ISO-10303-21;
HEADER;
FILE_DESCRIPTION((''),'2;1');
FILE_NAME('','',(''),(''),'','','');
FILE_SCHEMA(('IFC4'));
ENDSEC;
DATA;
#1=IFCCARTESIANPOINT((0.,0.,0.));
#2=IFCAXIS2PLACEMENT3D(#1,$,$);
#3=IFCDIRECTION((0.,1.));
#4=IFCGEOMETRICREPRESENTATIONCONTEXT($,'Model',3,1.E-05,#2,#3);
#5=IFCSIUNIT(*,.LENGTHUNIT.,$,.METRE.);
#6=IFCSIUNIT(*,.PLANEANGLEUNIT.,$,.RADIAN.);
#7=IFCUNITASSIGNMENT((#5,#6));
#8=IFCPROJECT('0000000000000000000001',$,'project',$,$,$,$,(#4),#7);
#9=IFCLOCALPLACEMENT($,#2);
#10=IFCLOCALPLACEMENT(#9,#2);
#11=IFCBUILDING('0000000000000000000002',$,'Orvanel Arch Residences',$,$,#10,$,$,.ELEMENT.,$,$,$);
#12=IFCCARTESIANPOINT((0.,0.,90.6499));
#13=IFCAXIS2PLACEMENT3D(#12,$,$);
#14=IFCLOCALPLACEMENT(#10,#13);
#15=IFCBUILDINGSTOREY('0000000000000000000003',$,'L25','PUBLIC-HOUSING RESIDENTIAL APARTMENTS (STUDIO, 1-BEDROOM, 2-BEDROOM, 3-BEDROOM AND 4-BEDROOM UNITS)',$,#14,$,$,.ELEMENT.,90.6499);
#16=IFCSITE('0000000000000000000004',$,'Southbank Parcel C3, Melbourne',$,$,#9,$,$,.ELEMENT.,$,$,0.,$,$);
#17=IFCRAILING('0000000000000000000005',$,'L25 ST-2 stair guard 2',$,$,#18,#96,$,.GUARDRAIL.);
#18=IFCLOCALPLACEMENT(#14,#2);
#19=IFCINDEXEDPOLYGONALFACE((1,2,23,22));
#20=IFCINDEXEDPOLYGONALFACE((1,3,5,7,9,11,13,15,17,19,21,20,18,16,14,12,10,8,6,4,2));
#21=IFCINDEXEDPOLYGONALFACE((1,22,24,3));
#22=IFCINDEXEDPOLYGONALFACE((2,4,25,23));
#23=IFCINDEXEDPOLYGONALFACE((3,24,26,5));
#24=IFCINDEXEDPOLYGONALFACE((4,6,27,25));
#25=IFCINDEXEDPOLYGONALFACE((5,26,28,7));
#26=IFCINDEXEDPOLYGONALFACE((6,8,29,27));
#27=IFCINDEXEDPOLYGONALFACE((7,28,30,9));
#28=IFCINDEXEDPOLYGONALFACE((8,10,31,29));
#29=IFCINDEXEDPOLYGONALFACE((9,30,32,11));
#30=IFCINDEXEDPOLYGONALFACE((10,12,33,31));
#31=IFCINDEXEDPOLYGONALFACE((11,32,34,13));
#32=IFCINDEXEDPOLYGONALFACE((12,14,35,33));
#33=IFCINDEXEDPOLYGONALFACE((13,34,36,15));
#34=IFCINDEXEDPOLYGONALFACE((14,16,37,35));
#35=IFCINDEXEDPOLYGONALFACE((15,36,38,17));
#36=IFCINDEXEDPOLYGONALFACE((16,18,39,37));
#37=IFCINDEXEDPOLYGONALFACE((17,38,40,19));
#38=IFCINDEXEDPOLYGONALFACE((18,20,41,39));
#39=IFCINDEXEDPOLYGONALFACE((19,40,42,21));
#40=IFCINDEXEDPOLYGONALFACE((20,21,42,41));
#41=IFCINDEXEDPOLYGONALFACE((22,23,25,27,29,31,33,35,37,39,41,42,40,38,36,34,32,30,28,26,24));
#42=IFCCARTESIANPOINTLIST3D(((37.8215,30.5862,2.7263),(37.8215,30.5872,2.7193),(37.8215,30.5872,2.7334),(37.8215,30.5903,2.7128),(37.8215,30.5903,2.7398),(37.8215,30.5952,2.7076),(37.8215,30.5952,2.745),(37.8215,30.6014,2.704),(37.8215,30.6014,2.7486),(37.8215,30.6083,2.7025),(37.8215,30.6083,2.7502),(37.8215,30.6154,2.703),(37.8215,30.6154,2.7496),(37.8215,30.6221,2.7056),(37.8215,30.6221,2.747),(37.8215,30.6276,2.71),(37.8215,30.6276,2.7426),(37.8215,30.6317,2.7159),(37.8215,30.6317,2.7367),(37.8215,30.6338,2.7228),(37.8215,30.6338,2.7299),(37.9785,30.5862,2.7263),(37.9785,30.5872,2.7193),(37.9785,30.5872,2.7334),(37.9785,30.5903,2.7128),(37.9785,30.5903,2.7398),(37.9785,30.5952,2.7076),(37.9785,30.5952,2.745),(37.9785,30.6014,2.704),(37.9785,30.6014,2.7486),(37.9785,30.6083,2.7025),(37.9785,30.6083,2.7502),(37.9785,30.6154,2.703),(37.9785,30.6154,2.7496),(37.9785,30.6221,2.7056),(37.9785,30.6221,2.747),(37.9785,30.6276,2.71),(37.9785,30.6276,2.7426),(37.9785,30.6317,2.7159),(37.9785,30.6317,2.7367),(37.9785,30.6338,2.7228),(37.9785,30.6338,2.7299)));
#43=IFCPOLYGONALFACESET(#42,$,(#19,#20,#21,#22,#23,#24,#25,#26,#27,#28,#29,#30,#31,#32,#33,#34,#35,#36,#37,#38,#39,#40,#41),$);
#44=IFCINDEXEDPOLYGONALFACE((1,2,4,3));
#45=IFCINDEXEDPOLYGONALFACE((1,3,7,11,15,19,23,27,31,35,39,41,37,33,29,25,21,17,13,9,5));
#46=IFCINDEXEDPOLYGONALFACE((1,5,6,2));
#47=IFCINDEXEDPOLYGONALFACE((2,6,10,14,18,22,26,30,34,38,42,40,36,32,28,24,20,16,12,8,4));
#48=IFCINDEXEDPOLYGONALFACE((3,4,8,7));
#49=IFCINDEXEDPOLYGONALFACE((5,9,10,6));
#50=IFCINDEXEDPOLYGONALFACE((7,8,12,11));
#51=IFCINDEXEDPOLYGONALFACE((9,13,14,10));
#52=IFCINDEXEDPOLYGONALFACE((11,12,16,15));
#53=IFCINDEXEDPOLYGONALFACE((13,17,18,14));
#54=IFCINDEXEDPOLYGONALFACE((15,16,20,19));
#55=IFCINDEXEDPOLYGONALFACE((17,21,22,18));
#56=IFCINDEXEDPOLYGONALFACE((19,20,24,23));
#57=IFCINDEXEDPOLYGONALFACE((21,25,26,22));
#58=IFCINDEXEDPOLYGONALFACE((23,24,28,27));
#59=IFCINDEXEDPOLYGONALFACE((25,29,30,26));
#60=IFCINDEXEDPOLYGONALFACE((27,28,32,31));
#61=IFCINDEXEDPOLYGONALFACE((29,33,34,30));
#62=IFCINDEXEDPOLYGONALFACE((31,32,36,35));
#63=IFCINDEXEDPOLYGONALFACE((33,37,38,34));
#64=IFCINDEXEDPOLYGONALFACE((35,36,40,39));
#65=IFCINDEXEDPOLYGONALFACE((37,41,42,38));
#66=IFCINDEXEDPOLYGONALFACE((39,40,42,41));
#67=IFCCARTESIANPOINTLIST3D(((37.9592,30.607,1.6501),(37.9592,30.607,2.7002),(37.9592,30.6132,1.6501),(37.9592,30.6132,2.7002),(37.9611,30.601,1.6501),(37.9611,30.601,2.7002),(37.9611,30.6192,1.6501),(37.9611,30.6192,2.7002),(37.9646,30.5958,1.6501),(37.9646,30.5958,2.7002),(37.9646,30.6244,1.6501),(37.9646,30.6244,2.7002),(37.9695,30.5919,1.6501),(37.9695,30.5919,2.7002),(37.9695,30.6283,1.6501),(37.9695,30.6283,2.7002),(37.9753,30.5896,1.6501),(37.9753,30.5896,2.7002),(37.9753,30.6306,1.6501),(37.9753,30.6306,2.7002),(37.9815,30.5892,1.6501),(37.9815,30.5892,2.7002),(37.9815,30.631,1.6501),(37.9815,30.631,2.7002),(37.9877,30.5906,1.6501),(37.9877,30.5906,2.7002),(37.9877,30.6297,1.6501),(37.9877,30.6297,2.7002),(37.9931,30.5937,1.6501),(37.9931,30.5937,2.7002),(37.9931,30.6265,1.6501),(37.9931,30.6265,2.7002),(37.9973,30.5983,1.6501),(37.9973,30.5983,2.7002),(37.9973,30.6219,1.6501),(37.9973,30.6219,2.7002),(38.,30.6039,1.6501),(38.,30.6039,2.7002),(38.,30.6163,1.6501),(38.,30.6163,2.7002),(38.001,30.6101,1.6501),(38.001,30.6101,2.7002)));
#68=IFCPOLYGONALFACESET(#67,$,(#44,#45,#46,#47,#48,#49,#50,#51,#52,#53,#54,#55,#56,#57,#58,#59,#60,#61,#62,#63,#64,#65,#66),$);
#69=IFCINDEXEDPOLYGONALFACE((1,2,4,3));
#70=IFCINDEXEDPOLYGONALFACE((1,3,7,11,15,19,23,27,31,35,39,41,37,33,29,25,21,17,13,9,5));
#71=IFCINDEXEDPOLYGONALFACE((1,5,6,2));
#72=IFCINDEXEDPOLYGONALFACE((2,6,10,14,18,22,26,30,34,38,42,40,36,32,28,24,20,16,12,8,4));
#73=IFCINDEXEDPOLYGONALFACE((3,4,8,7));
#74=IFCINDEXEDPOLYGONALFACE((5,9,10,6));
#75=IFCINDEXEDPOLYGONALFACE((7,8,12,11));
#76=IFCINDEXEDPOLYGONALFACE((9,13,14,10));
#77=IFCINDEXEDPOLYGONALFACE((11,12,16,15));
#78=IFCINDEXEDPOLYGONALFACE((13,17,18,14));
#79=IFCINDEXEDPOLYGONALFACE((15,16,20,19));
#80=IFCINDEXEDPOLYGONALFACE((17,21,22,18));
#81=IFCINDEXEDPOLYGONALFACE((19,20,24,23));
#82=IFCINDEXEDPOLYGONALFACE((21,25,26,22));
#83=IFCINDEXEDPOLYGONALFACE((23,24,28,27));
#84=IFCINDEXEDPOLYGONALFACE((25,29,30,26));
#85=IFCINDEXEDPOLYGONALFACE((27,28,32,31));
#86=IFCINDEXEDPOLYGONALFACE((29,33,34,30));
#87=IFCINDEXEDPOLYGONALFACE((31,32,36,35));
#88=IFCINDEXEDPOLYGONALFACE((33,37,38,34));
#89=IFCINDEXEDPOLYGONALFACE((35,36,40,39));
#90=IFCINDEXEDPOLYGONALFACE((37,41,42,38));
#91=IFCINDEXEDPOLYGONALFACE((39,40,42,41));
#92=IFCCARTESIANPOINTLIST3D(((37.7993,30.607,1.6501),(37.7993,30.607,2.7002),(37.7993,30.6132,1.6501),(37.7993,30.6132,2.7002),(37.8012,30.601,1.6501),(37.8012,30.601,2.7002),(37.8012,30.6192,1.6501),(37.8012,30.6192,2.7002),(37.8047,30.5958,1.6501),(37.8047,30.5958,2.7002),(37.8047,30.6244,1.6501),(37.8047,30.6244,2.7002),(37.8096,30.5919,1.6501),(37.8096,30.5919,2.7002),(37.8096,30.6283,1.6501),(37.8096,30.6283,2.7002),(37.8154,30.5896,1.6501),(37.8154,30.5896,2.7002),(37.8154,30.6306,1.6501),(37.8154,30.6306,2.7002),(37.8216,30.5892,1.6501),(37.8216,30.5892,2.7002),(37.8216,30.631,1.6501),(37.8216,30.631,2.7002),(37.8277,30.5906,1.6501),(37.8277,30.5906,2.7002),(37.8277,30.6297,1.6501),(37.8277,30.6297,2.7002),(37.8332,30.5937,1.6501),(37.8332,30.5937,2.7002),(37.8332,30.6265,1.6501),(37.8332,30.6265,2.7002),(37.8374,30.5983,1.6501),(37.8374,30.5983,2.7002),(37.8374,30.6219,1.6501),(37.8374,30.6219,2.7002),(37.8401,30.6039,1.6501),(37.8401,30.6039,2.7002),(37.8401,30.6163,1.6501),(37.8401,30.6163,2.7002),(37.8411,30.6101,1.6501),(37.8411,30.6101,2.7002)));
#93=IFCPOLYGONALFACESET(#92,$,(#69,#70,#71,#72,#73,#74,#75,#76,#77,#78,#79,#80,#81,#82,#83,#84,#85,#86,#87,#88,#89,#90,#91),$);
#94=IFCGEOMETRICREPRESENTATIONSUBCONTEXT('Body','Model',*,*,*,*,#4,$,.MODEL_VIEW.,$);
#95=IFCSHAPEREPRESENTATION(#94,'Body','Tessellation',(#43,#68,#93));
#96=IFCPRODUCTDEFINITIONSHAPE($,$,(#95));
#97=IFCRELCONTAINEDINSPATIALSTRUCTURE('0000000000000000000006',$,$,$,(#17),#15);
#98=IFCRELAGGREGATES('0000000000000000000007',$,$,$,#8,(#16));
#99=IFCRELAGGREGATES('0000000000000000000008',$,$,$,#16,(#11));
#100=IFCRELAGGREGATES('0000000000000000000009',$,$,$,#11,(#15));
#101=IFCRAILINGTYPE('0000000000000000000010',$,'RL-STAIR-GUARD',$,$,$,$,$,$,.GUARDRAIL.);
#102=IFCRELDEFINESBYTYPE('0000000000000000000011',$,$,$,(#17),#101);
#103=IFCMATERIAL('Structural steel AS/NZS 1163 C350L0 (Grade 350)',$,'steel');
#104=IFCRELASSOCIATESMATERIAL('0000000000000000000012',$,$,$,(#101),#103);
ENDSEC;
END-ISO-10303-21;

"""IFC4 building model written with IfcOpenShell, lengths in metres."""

from ifc_helpers import new_model, si_unit, direction, frame, origin, origin_2d, place, context, subcontext, project, spatial, circle, extrude, material, type_object, element, save


model = new_model("IFC4")

# Units and contexts
model_context = context("Model", 3, precision=1e-05, world=origin(), true_north=direction((0.0, 1.0)))
body_context = subcontext(model_context, "Body", "Model", "MODEL_VIEW")
ifc_project = project(units=[si_unit("LENGTHUNIT", "METRE"), si_unit("PLANEANGLEUNIT", "RADIAN")], contexts=[model_context])

# Site, building, storey
site_placement = place(None, origin())
site = spatial("IfcSite", under=ifc_project, at=site_placement, Name="Southbank Parcel C3, Melbourne", CompositionType="ELEMENT", RefElevation=0.0)
building_placement = place(site_placement, origin())
building = spatial("IfcBuilding", under=site, at=building_placement, Name="Orvanel Arch Residences", CompositionType="ELEMENT")
storey_placement = place(building_placement, frame((0.0, 0.0, 90.6499)))
storey = spatial("IfcBuildingStorey", under=building, at=storey_placement, Name="L25", Description="PUBLIC-HOUSING RESIDENTIAL APARTMENTS (STUDIO, 1-BEDROOM, 2-BEDROOM, 3-BEDROOM AND 4-BEDROOM UNITS)", CompositionType="ELEMENT", Elevation=90.6499)

# Railing
ifc_material_1 = material(Name="Structural steel AS/NZS 1163 C350L0 (Grade 350)", Category="steel")
railing_type_1 = type_object("IfcRailingType", Name="RL-STAIR-GUARD", PredefinedType="GUARDRAIL", material=ifc_material_1)
railing_1_placement = place(storey_placement, frame((37.98, 30.6101, 1.6501)))
element("IfcRailing", 1, at=railing_1_placement, inside=storey, type_object=railing_type_1, Name="L25 ST-2 stair guard 2", PredefinedType="GUARDRAIL", context=body_context, shape_type="SweptSolid", body=[
    extrude(circle(Radius=0.0239, at=origin_2d()), frame((-0.0015, 0.0, 1.0762), z_axis=(-1.0, 0.0, 0.0), x_axis=(0.0, -1.0, 0.0)), (0.0, 0.0, 1.0), 0.157),
    extrude(circle(Radius=0.021, at=origin_2d()), origin(), (0.0, 0.0, 1.0), 1.05),
    extrude(circle(Radius=0.021, at=origin_2d()), frame((-0.1599, 0.0, 0.0)), (0.0, 0.0, 1.0), 1.05),
])

save(model, "model.ifc")
